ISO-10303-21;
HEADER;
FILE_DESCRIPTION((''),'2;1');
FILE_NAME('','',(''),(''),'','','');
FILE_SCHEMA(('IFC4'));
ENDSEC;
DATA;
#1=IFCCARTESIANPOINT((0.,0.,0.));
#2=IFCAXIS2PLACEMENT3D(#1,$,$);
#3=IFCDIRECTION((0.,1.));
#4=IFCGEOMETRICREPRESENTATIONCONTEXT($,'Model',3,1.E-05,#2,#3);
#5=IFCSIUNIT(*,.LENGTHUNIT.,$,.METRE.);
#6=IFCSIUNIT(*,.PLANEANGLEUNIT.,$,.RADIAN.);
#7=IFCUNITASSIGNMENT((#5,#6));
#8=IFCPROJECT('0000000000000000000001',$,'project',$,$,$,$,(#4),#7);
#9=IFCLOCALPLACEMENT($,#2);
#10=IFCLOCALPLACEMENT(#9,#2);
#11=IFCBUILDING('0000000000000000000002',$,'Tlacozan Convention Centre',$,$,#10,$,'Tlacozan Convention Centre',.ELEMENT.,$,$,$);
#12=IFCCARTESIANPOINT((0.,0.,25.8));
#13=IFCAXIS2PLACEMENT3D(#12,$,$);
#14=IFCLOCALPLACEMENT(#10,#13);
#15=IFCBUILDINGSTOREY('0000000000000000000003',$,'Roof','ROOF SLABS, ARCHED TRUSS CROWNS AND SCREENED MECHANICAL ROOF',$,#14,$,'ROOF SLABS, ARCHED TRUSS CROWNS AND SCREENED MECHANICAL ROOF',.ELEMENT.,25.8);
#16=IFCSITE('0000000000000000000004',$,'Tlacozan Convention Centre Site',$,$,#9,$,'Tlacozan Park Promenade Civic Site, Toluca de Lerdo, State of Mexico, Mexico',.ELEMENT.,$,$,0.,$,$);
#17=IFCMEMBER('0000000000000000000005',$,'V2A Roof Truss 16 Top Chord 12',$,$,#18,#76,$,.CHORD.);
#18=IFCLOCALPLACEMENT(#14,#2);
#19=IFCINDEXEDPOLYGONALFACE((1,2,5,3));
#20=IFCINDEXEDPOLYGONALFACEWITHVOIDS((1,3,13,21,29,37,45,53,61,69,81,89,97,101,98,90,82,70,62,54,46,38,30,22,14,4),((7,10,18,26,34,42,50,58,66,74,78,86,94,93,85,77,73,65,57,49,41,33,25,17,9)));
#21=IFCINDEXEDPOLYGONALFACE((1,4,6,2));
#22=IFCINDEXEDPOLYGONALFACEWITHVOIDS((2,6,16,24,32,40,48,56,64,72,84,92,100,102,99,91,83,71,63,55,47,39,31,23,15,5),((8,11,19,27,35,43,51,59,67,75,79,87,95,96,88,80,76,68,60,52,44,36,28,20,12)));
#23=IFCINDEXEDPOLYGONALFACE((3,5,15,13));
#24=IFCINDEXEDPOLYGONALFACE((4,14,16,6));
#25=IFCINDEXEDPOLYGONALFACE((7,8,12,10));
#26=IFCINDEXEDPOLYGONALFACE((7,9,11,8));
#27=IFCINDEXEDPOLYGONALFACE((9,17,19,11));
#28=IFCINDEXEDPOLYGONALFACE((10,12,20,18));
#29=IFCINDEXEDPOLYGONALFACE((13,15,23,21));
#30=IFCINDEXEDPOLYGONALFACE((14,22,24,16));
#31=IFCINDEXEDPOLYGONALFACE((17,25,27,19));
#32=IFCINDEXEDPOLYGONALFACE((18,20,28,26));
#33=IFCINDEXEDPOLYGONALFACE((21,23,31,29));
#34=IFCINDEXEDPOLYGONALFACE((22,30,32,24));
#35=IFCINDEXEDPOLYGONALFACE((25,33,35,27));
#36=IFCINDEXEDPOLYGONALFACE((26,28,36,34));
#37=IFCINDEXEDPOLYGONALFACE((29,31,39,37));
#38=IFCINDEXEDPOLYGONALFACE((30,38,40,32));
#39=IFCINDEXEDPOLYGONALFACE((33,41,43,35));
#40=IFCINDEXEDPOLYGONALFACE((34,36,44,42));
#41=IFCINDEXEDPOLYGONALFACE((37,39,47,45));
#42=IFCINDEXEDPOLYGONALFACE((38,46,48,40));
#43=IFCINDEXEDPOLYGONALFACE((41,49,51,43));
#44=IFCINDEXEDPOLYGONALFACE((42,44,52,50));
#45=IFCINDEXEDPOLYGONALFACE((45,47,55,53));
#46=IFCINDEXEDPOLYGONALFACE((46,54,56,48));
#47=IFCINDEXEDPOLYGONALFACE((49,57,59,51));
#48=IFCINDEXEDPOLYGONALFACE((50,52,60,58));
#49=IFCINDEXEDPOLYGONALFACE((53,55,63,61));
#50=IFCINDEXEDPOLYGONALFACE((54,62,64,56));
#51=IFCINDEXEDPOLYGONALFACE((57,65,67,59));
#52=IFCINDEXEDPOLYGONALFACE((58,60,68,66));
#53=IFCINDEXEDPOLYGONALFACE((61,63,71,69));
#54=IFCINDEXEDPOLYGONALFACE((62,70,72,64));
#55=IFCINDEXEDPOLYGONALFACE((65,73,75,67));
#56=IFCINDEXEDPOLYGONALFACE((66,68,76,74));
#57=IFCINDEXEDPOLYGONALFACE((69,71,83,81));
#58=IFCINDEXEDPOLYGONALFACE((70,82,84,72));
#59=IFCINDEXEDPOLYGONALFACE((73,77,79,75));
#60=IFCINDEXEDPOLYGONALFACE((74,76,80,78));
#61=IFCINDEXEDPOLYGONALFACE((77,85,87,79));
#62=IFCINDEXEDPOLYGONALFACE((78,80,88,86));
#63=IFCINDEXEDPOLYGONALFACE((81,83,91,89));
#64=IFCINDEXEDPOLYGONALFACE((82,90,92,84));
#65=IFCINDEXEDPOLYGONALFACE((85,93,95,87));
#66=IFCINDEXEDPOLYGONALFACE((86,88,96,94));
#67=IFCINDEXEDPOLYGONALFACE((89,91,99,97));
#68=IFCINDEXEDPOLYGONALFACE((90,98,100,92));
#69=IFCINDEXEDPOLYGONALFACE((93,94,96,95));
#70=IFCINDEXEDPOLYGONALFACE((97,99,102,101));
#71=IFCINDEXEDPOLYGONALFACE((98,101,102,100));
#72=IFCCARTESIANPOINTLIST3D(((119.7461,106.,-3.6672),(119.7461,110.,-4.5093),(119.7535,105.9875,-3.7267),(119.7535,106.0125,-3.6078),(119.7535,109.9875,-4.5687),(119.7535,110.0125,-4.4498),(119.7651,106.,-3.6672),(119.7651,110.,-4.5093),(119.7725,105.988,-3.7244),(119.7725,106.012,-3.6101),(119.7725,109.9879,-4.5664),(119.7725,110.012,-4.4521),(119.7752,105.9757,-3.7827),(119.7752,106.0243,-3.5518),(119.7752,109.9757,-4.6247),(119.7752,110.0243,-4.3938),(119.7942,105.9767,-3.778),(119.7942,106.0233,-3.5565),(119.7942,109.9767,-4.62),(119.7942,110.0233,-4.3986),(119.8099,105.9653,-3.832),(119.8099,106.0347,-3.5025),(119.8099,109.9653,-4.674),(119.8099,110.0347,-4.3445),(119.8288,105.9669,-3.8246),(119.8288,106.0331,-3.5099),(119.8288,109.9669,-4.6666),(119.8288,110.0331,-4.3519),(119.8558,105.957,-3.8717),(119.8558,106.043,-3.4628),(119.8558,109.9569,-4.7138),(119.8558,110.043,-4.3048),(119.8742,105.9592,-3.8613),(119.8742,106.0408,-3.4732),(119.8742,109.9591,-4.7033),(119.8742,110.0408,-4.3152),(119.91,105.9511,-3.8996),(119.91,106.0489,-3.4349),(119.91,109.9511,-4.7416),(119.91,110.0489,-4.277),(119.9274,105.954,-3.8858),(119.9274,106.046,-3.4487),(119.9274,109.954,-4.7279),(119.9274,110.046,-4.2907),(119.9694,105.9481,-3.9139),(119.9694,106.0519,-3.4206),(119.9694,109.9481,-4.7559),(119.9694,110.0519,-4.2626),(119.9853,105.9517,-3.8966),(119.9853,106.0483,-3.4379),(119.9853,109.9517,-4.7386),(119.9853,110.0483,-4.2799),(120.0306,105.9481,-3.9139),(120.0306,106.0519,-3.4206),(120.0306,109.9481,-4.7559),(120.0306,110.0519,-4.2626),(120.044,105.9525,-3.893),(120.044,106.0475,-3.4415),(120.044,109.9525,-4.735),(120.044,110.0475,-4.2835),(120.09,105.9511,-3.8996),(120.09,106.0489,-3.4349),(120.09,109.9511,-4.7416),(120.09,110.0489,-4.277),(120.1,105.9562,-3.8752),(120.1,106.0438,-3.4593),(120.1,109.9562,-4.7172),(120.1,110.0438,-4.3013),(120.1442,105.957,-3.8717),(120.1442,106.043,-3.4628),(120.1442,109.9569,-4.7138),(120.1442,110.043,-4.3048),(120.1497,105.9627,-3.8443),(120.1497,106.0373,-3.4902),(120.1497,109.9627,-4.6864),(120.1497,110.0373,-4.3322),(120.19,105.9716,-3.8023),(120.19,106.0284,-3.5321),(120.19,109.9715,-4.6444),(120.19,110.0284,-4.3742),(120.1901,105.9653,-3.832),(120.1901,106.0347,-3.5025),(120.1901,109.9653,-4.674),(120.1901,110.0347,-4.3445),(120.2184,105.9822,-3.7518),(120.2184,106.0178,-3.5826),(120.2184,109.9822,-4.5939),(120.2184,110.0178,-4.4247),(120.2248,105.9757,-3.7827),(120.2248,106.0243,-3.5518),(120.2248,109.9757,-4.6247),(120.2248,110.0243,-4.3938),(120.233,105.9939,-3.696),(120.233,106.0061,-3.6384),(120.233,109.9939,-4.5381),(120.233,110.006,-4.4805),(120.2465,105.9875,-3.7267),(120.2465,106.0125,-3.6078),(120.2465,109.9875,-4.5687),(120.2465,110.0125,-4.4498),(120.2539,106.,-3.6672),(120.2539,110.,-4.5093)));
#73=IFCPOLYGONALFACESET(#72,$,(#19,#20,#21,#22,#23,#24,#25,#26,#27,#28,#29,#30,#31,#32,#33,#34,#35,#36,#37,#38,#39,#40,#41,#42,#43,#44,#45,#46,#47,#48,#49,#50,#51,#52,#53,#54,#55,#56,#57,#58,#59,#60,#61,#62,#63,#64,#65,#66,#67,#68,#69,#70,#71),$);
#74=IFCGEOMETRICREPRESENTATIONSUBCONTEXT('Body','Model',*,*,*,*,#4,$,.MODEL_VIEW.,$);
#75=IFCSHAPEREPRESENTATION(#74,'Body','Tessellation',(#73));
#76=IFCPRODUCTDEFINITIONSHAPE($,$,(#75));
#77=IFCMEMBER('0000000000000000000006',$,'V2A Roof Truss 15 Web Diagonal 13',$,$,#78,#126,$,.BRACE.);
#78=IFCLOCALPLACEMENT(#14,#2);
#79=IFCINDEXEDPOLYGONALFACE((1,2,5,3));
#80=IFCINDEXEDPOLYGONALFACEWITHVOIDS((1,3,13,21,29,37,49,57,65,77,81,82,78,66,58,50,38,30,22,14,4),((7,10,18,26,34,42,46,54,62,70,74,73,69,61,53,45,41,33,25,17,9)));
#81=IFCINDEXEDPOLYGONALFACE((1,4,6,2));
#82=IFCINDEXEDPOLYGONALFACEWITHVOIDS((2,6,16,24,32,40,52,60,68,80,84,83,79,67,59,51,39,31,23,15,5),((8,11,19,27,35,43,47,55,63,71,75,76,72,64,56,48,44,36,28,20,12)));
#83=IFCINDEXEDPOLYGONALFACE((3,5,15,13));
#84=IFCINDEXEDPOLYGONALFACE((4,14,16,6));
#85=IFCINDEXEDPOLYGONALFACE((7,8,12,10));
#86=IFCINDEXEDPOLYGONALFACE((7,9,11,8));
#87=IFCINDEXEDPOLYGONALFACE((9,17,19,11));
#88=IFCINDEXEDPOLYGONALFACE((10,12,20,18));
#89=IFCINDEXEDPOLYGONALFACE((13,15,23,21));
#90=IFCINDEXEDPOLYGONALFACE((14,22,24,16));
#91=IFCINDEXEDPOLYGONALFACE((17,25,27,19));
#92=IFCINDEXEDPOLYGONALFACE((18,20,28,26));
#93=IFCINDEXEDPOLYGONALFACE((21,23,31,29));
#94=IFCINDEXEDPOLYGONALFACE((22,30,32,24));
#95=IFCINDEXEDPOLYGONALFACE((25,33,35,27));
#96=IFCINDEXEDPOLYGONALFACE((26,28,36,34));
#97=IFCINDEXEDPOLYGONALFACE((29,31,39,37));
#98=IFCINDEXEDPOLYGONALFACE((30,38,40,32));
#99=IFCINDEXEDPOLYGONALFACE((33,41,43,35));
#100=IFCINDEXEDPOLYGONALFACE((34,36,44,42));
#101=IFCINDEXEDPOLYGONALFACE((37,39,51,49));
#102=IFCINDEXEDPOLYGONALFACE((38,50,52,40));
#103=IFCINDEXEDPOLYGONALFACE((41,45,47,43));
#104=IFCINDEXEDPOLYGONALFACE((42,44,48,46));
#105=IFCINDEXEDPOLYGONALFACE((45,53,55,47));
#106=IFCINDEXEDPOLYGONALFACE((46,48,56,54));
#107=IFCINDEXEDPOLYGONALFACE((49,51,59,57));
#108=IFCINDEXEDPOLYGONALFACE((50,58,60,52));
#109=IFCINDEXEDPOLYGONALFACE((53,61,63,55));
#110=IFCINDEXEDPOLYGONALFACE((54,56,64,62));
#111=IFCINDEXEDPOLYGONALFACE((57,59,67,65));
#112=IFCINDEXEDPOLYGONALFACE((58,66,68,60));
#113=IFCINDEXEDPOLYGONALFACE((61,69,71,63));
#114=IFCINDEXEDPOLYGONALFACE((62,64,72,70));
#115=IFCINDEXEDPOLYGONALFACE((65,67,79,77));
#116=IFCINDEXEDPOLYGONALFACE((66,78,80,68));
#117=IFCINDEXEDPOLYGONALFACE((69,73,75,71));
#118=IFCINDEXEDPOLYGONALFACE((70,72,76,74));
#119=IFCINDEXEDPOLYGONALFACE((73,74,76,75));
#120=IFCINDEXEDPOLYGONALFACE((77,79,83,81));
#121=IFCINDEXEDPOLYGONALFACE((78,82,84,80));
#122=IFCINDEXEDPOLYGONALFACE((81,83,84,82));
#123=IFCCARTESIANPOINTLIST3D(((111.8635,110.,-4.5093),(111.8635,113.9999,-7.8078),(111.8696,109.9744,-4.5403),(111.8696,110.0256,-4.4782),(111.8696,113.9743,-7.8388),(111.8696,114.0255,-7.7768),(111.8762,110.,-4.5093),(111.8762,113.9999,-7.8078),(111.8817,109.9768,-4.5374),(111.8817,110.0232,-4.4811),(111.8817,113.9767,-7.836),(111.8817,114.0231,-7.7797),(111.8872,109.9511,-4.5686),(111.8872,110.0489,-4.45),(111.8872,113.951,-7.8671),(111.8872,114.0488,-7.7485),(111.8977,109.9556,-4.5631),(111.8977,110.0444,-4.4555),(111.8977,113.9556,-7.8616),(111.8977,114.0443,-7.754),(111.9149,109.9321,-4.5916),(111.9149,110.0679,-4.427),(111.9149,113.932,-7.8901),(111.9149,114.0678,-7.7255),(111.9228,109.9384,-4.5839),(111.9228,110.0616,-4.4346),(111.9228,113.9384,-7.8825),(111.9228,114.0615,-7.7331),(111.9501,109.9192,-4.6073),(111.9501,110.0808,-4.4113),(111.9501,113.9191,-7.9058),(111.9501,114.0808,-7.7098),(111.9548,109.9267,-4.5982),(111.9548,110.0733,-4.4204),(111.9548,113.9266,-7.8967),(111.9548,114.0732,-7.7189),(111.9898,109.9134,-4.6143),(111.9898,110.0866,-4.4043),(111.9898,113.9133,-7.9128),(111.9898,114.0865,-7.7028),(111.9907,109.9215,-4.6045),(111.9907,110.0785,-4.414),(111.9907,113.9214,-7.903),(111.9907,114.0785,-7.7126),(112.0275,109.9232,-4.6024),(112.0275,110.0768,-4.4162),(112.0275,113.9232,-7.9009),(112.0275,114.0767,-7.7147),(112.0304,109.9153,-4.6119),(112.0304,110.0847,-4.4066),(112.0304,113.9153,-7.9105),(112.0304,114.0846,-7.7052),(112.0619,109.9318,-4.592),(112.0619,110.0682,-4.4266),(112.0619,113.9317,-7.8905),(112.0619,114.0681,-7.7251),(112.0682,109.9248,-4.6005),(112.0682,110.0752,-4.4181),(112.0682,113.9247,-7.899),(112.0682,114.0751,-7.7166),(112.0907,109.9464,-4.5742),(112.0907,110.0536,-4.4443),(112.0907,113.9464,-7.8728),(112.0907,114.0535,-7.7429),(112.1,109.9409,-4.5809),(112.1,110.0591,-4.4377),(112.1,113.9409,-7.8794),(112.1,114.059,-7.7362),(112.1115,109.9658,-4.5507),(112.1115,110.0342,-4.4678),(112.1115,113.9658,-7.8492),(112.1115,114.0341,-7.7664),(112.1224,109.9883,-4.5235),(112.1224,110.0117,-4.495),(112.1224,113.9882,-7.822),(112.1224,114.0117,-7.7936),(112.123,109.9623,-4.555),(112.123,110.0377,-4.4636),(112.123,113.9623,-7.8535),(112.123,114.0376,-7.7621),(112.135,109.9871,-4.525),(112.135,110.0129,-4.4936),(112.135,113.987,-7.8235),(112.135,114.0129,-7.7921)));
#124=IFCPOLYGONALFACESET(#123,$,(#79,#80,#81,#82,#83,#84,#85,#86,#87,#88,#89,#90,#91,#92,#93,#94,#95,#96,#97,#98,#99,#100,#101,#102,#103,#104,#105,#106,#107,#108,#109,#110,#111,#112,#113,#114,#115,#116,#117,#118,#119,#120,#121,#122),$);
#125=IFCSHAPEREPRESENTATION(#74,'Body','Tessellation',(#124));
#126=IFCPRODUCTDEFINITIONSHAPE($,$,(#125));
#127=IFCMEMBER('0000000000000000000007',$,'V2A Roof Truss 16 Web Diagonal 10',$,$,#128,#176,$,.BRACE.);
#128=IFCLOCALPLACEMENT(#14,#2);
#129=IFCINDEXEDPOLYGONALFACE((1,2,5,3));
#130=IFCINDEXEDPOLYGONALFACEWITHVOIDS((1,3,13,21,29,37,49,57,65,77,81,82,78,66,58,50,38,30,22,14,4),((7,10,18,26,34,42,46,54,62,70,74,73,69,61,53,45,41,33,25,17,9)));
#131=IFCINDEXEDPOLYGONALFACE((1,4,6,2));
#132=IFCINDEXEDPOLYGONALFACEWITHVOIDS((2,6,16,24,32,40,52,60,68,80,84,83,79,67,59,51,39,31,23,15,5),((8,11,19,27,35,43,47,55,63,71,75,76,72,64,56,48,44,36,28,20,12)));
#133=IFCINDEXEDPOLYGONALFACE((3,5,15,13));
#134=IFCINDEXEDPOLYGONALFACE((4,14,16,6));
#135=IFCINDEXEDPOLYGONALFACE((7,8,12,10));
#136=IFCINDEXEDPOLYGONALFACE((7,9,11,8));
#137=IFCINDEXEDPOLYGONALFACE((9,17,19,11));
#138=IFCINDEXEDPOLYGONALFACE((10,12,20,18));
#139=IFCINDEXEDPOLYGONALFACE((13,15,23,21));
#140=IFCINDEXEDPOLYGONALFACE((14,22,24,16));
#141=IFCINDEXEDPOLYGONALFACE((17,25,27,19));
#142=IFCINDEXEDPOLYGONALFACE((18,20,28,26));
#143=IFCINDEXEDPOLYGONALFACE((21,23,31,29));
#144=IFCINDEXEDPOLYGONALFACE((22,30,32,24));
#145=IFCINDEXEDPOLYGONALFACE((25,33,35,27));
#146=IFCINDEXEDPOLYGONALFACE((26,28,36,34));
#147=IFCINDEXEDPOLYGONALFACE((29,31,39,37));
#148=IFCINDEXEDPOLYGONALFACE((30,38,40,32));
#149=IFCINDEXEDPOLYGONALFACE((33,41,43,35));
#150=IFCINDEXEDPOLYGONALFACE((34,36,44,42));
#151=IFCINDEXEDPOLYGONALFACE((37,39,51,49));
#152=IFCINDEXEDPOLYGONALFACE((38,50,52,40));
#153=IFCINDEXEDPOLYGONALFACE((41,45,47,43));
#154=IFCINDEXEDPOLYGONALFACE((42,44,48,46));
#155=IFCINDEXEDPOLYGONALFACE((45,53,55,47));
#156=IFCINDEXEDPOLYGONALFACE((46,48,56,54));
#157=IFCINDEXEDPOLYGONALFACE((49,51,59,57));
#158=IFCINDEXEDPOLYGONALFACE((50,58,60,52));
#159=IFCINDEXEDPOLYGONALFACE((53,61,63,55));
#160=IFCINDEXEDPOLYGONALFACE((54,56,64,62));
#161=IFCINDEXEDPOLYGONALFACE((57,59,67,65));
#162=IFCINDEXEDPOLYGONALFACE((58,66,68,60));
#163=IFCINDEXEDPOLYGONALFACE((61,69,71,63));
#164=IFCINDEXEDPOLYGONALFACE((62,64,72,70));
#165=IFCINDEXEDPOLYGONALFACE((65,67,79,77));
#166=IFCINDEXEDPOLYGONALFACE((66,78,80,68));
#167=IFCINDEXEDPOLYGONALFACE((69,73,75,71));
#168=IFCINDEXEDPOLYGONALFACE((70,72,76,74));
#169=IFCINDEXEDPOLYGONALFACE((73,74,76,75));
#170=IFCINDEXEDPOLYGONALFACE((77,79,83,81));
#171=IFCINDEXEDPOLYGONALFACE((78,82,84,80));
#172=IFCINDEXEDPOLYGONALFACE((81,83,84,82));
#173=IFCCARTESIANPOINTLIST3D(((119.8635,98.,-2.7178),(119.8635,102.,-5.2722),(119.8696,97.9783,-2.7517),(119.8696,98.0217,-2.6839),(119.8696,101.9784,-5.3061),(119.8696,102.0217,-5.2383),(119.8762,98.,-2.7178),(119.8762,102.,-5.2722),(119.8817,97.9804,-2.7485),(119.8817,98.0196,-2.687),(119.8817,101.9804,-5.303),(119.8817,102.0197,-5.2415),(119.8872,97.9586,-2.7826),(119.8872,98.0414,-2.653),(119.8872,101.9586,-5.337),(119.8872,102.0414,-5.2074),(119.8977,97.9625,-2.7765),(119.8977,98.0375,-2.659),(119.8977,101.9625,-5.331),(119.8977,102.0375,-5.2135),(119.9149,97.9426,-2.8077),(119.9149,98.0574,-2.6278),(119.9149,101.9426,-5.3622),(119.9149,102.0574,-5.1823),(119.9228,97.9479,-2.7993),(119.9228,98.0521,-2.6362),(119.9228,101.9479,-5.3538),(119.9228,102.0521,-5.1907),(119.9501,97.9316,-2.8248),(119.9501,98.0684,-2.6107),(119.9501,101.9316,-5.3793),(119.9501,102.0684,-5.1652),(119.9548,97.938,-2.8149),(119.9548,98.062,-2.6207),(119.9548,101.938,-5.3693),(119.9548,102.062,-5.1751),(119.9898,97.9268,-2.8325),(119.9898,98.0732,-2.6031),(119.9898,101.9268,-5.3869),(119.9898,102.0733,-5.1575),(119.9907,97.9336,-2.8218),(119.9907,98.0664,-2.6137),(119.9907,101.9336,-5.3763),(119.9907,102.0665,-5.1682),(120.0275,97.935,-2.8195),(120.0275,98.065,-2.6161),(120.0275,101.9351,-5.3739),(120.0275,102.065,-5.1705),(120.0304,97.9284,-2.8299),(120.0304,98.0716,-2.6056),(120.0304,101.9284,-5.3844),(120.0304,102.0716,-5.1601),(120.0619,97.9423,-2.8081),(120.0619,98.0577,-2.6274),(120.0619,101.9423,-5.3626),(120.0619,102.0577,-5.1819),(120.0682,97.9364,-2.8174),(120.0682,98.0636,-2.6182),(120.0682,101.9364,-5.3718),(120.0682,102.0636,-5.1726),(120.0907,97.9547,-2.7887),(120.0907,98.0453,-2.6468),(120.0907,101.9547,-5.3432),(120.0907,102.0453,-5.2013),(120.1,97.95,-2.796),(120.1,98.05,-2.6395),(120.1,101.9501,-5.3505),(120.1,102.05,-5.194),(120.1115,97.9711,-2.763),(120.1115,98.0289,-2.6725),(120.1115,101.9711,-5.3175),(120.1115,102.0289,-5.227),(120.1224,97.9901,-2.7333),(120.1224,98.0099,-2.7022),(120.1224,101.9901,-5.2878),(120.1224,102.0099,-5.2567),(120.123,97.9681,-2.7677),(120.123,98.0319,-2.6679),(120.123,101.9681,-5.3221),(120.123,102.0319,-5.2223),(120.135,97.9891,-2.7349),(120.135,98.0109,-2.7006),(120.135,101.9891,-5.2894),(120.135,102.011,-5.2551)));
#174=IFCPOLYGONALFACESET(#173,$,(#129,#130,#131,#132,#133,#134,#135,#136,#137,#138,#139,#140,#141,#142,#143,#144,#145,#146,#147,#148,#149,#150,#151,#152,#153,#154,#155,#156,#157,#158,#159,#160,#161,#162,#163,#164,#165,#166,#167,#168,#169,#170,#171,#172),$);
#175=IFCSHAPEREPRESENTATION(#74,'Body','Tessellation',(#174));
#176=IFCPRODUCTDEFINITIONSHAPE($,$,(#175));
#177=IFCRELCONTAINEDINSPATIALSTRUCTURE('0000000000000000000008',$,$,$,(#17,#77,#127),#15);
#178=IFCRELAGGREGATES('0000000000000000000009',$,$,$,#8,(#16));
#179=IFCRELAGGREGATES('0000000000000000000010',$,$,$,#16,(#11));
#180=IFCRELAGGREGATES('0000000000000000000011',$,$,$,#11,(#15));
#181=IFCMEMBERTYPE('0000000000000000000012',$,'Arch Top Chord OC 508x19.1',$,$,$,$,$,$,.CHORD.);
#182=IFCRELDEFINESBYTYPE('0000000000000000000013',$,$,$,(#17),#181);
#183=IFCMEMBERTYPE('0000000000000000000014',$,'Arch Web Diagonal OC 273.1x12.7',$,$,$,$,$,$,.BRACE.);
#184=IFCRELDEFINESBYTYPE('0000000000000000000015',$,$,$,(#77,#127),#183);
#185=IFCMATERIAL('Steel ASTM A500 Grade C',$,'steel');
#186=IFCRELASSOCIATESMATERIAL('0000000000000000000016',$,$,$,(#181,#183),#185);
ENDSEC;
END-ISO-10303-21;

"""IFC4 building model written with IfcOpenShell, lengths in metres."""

from ifc_helpers import new_model, si_unit, direction, frame, origin, origin_2d, place, context, subcontext, project, spatial, hollow_circle, extrude, material, material_profile, profile_set, type_object, element, save


model = new_model("IFC4")

# Units and contexts
model_context = context("Model", 3, precision=1e-05, world=origin(), true_north=direction((0.0, 1.0)))
body_context = subcontext(model_context, "Body", "Model", "MODEL_VIEW")
ifc_project = project(units=[si_unit("LENGTHUNIT", "METRE"), si_unit("PLANEANGLEUNIT", "RADIAN")], contexts=[model_context])

# Site, building, storey
site_placement = place(None, origin())
site = spatial("IfcSite", under=ifc_project, at=site_placement, Name="Tlacozan Convention Centre Site", LongName="Tlacozan Park Promenade Civic Site, Toluca de Lerdo, State of Mexico, Mexico", CompositionType="ELEMENT", RefElevation=0.0)
building_placement = place(site_placement, origin())
building = spatial("IfcBuilding", under=site, at=building_placement, Name="Tlacozan Convention Centre", LongName="Tlacozan Convention Centre", CompositionType="ELEMENT")
storey_placement = place(building_placement, frame((0.0, 0.0, 25.8)))
storey = spatial("IfcBuildingStorey", under=building, at=storey_placement, Name="Roof", Description="ROOF SLABS, ARCHED TRUSS CROWNS AND SCREENED MECHANICAL ROOF", LongName="ROOF SLABS, ARCHED TRUSS CROWNS AND SCREENED MECHANICAL ROOF", CompositionType="ELEMENT", Elevation=25.8)

# Members
ifc_material_1 = material(Name="Steel ASTM A500 Grade C", Category="steel")
ifc_material_profile_1 = material_profile(ifc_material_1, hollow_circle(Radius=0.2539, WallThickness=0.019, at=origin_2d()), Name="OC 508.0x19.1")
ifc_profile_set_1 = profile_set([ifc_material_profile_1], Name="Steel ASTM A500 Grade C")
member_type_1 = type_object("IfcMemberType", Name="Arch Top Chord OC 508x19.1", PredefinedType="CHORD", material=ifc_profile_set_1)
member_1_placement = place(storey_placement, frame((120.0, 106.0, -3.6672), z_axis=(0.0, 0.978553, -0.205995), x_axis=(-1.0, 0.0, 0.0)))
element("IfcMember", 1, at=member_1_placement, inside=storey, type_object=member_type_1, Name="V2A Roof Truss 16 Top Chord 12", PredefinedType="CHORD", context=body_context, shape_type="SweptSolid", body=[
    extrude(hollow_circle(Radius=0.2539, WallThickness=0.019, at=origin_2d()), origin(), (0.0, 0.0, 1.0), 4.0876),
])
ifc_material_profile_2 = material_profile(ifc_material_1, hollow_circle(Radius=0.1365, WallThickness=0.0127, at=origin_2d()), Name="OC 273.1x12.7")
ifc_profile_set_2 = profile_set([ifc_material_profile_2], Name="Steel ASTM A500 Grade C")
member_type_2 = type_object("IfcMemberType", Name="Arch Web Diagonal OC 273.1x12.7", PredefinedType="BRACE", material=ifc_profile_set_2)
member_2_placement = place(storey_placement, frame((112.0, 110.0, -4.5093), z_axis=(0.0, 0.771507, -0.63622), x_axis=(-1.0, 0.0, 0.0)))
element("IfcMember", 2, at=member_2_placement, inside=storey, type_object=member_type_2, Name="V2A Roof Truss 15 Web Diagonal 13", PredefinedType="BRACE", context=body_context, shape_type="SweptSolid", body=[
    extrude(hollow_circle(Radius=0.1365, WallThickness=0.0127, at=origin_2d()), origin(), (0.0, 0.0, 1.0), 5.1846),
])
member_3_placement = place(storey_placement, frame((120.0, 98.0, -2.7178), z_axis=(0.0, 0.842803, -0.538223), x_axis=(-1.0, 0.0, 0.0)))
element("IfcMember", 3, at=member_3_placement, inside=storey, type_object=member_type_2, Name="V2A Roof Truss 16 Web Diagonal 10", PredefinedType="BRACE", context=body_context, shape_type="SweptSolid", body=[
    extrude(hollow_circle(Radius=0.1365, WallThickness=0.0127, at=origin_2d()), origin(), (0.0, 0.0, 1.0), 4.7461),
])

save(model, "model.ifc")
